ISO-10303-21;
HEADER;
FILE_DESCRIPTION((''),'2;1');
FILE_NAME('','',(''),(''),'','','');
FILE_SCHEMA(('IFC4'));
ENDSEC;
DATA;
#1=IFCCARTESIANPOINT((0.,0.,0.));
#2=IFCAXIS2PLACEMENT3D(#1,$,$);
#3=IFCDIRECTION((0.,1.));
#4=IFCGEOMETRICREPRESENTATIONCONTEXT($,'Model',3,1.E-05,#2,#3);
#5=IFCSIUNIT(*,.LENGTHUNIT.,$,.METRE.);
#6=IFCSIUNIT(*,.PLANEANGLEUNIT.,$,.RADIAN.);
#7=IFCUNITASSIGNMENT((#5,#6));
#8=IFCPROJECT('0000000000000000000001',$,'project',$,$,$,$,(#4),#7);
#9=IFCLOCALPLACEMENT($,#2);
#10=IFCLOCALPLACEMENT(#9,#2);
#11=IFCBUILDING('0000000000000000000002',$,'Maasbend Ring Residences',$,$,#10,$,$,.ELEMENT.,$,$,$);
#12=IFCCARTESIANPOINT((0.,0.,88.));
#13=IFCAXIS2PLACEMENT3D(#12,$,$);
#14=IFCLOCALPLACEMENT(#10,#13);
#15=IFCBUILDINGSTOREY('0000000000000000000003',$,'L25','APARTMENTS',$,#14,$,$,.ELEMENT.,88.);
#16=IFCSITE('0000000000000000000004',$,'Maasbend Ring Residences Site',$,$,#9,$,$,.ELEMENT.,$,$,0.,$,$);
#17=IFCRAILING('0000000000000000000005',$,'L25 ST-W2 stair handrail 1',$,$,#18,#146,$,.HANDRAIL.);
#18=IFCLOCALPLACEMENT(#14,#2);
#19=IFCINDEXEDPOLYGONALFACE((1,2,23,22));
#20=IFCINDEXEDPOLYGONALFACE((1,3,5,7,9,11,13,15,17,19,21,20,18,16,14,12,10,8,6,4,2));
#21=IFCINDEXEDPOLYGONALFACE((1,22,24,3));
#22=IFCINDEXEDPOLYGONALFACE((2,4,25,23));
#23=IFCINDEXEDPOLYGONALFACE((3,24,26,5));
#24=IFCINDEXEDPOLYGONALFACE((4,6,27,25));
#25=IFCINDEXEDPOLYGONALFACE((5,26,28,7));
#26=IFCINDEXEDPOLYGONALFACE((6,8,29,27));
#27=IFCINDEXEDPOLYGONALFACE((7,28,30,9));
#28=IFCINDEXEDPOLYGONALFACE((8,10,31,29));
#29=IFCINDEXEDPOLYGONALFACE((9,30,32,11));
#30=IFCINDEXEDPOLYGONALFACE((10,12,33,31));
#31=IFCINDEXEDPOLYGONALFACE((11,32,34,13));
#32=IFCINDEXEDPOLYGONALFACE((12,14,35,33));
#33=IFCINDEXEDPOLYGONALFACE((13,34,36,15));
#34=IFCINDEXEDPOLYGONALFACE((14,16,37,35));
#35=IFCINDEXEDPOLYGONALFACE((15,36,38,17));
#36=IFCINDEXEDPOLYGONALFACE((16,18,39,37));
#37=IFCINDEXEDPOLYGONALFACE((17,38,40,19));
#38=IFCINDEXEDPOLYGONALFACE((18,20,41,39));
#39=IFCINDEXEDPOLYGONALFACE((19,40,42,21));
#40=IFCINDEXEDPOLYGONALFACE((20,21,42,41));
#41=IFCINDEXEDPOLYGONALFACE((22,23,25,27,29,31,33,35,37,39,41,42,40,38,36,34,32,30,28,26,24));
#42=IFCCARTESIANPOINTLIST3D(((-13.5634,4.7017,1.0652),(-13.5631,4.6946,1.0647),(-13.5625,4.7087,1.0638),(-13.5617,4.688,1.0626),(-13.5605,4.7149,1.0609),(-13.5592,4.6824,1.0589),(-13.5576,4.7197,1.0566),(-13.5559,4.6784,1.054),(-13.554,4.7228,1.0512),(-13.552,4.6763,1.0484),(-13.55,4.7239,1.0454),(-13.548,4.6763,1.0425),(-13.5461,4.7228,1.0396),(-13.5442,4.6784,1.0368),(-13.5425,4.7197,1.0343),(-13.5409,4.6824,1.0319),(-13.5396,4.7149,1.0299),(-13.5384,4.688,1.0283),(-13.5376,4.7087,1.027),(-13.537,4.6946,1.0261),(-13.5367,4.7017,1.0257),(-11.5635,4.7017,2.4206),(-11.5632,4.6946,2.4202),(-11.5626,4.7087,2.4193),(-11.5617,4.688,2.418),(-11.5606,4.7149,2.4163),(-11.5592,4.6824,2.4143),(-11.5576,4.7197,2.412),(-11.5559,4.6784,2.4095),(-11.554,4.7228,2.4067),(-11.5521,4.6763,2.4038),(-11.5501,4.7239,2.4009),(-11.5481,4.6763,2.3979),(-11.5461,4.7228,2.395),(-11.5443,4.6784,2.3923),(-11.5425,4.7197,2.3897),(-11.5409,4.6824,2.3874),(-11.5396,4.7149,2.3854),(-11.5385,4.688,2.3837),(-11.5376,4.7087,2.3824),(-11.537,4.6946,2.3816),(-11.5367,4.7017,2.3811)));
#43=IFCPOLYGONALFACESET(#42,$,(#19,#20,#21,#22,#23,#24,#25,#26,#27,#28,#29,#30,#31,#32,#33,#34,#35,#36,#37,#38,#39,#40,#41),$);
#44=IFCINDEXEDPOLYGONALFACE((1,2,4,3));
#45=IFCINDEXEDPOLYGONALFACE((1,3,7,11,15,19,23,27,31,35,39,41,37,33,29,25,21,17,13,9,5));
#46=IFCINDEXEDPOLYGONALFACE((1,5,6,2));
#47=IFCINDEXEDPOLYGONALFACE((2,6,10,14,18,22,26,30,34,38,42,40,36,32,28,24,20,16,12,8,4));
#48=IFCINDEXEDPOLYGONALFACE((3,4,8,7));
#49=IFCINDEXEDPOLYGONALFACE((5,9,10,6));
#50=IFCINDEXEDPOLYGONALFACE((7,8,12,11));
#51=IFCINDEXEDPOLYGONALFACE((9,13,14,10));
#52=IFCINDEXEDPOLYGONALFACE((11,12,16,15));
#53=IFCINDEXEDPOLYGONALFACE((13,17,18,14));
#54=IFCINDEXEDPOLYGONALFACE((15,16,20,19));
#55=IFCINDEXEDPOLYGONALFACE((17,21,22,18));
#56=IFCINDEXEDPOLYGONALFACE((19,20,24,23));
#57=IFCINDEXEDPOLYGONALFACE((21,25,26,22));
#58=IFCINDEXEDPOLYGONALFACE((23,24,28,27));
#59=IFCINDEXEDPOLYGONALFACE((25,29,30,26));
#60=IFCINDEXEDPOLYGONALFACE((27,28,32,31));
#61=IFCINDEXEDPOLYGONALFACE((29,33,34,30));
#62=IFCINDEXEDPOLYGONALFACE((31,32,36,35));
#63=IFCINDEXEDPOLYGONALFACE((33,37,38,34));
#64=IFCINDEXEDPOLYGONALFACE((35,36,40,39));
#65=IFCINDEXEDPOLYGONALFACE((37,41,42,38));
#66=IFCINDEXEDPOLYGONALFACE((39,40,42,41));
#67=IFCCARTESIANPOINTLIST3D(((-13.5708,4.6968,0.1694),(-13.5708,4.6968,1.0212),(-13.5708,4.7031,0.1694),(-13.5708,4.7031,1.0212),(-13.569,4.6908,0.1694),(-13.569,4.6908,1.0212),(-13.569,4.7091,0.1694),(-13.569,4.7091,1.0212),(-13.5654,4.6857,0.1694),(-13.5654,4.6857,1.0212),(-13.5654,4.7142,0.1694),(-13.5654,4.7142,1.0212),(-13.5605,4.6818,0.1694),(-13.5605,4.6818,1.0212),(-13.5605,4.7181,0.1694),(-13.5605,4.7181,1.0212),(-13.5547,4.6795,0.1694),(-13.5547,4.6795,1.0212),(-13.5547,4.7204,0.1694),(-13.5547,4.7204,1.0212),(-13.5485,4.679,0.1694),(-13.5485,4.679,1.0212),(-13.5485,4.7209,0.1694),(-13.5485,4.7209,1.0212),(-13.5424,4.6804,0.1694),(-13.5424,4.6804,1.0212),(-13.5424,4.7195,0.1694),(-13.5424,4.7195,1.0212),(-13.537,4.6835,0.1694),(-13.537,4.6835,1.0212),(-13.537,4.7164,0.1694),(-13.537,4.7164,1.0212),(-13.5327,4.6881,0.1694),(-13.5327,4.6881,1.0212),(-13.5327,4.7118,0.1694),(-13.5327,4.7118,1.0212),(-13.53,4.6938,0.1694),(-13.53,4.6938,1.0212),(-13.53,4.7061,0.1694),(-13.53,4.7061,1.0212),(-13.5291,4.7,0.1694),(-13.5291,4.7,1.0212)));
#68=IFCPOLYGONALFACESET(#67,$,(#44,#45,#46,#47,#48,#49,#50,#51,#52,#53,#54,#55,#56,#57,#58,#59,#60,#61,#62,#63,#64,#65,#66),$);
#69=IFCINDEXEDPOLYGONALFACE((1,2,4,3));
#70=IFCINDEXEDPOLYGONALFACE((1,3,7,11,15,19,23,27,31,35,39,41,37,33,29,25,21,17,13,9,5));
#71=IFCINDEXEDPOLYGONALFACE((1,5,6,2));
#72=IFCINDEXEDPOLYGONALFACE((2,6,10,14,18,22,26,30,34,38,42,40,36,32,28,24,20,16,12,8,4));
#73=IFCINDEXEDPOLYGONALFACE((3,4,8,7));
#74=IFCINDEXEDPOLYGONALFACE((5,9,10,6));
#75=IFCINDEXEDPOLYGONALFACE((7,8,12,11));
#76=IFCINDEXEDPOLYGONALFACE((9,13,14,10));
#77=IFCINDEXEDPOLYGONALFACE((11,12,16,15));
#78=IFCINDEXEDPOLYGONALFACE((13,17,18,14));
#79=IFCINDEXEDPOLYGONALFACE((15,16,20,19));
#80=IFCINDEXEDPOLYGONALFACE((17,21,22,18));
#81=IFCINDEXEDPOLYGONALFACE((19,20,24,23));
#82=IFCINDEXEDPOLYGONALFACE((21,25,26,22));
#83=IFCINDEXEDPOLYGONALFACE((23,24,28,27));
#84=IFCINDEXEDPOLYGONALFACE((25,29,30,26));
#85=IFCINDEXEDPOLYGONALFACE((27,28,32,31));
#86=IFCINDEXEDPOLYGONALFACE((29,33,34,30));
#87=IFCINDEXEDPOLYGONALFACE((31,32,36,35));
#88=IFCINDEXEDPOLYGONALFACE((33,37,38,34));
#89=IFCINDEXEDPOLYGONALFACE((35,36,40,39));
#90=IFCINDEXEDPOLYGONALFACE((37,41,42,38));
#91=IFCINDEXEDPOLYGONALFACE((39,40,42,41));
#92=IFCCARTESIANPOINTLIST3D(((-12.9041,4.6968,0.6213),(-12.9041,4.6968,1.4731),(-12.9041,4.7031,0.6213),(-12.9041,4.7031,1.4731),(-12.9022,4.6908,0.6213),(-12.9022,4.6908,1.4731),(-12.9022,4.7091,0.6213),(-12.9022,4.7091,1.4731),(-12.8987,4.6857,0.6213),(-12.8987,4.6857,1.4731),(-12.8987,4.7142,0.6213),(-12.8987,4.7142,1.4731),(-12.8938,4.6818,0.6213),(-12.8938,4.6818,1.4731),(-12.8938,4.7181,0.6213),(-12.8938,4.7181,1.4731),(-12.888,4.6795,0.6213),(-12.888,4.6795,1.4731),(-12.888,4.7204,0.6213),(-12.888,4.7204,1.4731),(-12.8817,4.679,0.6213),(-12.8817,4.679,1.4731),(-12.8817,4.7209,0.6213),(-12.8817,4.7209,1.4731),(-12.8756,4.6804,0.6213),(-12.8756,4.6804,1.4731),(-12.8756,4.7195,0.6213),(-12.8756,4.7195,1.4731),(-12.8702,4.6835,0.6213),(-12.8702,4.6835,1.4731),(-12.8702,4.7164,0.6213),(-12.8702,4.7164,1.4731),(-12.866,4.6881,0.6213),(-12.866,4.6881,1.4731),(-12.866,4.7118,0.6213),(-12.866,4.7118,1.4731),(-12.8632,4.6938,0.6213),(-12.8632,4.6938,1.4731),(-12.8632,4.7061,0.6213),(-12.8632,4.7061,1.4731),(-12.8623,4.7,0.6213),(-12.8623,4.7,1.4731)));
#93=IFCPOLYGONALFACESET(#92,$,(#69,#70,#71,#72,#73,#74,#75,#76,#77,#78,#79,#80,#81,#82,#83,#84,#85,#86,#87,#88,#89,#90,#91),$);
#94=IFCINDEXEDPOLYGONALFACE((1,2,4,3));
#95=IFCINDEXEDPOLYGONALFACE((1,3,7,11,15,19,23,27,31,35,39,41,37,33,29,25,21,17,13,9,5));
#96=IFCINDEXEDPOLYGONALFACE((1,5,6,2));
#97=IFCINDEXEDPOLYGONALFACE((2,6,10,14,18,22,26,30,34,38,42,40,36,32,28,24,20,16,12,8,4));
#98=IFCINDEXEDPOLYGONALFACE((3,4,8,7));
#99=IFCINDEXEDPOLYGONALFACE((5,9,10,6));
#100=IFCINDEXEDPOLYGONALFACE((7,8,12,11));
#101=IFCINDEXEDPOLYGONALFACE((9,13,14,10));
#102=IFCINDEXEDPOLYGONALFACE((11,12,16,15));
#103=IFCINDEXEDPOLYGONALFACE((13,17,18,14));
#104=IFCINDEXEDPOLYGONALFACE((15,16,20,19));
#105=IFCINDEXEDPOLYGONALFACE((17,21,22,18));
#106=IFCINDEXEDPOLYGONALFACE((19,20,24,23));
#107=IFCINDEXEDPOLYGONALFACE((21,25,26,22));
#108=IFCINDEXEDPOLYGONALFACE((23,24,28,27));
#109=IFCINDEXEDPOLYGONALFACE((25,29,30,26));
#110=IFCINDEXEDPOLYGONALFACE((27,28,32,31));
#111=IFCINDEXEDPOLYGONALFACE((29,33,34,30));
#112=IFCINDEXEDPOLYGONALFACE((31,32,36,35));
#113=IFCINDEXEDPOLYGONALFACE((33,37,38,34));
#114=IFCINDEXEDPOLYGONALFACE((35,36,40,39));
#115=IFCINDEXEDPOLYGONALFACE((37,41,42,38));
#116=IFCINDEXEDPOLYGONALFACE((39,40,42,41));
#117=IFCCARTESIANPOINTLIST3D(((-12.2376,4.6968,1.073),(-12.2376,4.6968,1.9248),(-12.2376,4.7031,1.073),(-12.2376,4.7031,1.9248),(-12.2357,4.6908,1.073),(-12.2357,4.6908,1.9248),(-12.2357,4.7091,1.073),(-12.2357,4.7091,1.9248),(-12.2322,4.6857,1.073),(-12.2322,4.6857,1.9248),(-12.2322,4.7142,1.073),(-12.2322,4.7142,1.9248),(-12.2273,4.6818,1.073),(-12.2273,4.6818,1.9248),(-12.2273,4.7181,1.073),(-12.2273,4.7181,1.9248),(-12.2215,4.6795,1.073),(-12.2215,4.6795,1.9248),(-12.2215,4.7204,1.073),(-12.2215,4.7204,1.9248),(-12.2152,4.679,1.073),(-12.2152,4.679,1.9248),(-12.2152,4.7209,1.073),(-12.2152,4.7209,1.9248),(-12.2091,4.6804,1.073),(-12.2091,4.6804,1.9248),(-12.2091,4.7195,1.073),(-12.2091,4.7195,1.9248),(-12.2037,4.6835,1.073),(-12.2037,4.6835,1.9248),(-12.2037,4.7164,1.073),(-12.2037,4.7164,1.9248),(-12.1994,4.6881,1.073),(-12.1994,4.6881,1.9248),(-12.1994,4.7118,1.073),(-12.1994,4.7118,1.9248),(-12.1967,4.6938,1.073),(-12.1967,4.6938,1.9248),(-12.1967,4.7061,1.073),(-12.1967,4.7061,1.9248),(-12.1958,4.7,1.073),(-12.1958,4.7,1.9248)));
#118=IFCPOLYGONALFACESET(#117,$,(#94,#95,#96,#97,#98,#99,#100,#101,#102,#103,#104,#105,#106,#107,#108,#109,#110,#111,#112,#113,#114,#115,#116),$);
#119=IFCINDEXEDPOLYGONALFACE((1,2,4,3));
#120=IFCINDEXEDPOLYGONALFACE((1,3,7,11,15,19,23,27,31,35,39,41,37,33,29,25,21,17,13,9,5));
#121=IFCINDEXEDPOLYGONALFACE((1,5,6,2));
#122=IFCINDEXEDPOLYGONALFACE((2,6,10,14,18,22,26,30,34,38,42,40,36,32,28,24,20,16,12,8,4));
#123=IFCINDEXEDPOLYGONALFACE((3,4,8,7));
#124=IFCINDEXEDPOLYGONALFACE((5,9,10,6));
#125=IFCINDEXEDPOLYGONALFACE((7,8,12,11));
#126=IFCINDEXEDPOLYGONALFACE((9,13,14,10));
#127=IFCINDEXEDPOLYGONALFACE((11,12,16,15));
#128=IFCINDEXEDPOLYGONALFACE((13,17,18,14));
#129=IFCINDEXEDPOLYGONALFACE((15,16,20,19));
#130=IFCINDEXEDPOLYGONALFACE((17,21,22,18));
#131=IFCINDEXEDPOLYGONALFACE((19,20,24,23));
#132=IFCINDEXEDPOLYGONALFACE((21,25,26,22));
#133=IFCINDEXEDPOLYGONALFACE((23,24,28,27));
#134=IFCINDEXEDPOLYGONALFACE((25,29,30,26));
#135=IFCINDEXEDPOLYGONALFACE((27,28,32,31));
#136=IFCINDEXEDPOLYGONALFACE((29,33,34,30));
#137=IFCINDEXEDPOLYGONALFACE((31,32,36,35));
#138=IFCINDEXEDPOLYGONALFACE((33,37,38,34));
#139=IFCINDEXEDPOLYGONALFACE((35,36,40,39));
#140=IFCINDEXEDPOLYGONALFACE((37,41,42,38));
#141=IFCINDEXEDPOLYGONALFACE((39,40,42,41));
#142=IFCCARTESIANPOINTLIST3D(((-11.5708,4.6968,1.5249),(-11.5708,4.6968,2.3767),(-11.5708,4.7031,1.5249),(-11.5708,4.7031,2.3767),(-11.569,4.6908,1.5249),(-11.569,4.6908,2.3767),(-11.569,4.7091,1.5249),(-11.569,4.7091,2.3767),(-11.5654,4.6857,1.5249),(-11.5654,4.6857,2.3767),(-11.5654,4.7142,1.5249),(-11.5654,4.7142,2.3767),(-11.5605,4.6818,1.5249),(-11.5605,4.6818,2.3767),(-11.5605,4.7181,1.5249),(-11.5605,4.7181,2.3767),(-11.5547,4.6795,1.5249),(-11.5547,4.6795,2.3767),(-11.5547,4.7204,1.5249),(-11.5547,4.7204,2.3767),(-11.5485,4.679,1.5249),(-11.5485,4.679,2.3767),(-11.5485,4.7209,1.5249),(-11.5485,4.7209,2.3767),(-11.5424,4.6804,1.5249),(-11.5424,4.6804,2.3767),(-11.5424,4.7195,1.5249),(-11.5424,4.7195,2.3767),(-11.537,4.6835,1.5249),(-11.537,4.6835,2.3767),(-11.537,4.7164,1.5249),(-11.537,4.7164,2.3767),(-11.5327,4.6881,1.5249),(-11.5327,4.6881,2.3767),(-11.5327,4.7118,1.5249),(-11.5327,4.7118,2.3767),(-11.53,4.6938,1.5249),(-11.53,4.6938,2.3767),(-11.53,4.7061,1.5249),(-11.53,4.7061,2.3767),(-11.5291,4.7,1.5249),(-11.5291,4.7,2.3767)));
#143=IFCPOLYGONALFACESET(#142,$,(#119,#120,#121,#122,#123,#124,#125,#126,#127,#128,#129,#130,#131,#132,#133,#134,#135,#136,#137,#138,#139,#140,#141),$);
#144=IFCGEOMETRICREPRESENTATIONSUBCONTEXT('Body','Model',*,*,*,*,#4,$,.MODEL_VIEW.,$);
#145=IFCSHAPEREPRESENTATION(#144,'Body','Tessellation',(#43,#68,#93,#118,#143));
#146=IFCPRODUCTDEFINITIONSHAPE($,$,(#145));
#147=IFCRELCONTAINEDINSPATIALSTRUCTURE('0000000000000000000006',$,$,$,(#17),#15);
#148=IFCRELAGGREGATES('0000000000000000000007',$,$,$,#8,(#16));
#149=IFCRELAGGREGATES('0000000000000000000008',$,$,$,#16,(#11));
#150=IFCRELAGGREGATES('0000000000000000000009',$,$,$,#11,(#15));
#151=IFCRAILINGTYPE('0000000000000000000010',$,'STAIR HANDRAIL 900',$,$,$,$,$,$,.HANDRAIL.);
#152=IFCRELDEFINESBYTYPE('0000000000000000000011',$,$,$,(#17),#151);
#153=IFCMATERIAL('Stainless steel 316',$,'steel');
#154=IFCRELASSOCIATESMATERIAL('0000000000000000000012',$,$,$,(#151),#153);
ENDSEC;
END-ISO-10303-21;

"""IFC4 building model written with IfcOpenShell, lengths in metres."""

from ifc_helpers import new_model, si_unit, direction, frame, origin, origin_2d, place, context, subcontext, project, spatial, circle, extrude, material, type_object, element, save


model = new_model("IFC4")

# Units and contexts
model_context = context("Model", 3, precision=1e-05, world=origin(), true_north=direction((0.0, 1.0)))
body_context = subcontext(model_context, "Body", "Model", "MODEL_VIEW")
ifc_project = project(units=[si_unit("LENGTHUNIT", "METRE"), si_unit("PLANEANGLEUNIT", "RADIAN")], contexts=[model_context])

# Site, building, storey
site_placement = place(None, origin())
site = spatial("IfcSite", under=ifc_project, at=site_placement, Name="Maasbend Ring Residences Site", CompositionType="ELEMENT", RefElevation=0.0)
building_placement = place(site_placement, origin())
building = spatial("IfcBuilding", under=site, at=building_placement, Name="Maasbend Ring Residences", CompositionType="ELEMENT")
storey_placement = place(building_placement, frame((0.0, 0.0, 88.0)))
storey = spatial("IfcBuildingStorey", under=building, at=storey_placement, Name="L25", Description="APARTMENTS", CompositionType="ELEMENT", Elevation=88.0)

# Railing
ifc_material_1 = material(Name="Stainless steel 316", Category="steel")
railing_type_1 = type_object("IfcRailingType", Name="STAIR HANDRAIL 900", PredefinedType="HANDRAIL", material=ifc_material_1)
railing_1_placement = place(storey_placement, frame((-13.55, 4.7, 0.1694)))
element("IfcRailing", 1, at=railing_1_placement, inside=storey, type_object=railing_type_1, Name="L25 ST-W2 stair handrail 1", PredefinedType="HANDRAIL", context=body_context, shape_type="SweptSolid", body=[
    extrude(circle(Radius=0.0239, at=origin_2d()), frame((0.0, 0.0, 0.876), z_axis=(0.827798, 0.0, 0.561027), x_axis=(0.0, 1.0, 0.0)), (0.0, 0.0, 1.0), 2.416),
    extrude(circle(Radius=0.021, at=origin_2d()), origin(), (0.0, 0.0, 1.0), 0.8518),
    extrude(circle(Radius=0.021, at=origin_2d()), frame((0.6667, 0.0, 0.4519)), (0.0, 0.0, 1.0), 0.8518),
    extrude(circle(Radius=0.021, at=origin_2d()), frame((1.3333, 0.0, 0.9036)), (0.0, 0.0, 1.0), 0.8518),
    extrude(circle(Radius=0.021, at=origin_2d()), frame((2.0, 0.0, 1.3555)), (0.0, 0.0, 1.0), 0.8518),
])

save(model, "model.ifc")
